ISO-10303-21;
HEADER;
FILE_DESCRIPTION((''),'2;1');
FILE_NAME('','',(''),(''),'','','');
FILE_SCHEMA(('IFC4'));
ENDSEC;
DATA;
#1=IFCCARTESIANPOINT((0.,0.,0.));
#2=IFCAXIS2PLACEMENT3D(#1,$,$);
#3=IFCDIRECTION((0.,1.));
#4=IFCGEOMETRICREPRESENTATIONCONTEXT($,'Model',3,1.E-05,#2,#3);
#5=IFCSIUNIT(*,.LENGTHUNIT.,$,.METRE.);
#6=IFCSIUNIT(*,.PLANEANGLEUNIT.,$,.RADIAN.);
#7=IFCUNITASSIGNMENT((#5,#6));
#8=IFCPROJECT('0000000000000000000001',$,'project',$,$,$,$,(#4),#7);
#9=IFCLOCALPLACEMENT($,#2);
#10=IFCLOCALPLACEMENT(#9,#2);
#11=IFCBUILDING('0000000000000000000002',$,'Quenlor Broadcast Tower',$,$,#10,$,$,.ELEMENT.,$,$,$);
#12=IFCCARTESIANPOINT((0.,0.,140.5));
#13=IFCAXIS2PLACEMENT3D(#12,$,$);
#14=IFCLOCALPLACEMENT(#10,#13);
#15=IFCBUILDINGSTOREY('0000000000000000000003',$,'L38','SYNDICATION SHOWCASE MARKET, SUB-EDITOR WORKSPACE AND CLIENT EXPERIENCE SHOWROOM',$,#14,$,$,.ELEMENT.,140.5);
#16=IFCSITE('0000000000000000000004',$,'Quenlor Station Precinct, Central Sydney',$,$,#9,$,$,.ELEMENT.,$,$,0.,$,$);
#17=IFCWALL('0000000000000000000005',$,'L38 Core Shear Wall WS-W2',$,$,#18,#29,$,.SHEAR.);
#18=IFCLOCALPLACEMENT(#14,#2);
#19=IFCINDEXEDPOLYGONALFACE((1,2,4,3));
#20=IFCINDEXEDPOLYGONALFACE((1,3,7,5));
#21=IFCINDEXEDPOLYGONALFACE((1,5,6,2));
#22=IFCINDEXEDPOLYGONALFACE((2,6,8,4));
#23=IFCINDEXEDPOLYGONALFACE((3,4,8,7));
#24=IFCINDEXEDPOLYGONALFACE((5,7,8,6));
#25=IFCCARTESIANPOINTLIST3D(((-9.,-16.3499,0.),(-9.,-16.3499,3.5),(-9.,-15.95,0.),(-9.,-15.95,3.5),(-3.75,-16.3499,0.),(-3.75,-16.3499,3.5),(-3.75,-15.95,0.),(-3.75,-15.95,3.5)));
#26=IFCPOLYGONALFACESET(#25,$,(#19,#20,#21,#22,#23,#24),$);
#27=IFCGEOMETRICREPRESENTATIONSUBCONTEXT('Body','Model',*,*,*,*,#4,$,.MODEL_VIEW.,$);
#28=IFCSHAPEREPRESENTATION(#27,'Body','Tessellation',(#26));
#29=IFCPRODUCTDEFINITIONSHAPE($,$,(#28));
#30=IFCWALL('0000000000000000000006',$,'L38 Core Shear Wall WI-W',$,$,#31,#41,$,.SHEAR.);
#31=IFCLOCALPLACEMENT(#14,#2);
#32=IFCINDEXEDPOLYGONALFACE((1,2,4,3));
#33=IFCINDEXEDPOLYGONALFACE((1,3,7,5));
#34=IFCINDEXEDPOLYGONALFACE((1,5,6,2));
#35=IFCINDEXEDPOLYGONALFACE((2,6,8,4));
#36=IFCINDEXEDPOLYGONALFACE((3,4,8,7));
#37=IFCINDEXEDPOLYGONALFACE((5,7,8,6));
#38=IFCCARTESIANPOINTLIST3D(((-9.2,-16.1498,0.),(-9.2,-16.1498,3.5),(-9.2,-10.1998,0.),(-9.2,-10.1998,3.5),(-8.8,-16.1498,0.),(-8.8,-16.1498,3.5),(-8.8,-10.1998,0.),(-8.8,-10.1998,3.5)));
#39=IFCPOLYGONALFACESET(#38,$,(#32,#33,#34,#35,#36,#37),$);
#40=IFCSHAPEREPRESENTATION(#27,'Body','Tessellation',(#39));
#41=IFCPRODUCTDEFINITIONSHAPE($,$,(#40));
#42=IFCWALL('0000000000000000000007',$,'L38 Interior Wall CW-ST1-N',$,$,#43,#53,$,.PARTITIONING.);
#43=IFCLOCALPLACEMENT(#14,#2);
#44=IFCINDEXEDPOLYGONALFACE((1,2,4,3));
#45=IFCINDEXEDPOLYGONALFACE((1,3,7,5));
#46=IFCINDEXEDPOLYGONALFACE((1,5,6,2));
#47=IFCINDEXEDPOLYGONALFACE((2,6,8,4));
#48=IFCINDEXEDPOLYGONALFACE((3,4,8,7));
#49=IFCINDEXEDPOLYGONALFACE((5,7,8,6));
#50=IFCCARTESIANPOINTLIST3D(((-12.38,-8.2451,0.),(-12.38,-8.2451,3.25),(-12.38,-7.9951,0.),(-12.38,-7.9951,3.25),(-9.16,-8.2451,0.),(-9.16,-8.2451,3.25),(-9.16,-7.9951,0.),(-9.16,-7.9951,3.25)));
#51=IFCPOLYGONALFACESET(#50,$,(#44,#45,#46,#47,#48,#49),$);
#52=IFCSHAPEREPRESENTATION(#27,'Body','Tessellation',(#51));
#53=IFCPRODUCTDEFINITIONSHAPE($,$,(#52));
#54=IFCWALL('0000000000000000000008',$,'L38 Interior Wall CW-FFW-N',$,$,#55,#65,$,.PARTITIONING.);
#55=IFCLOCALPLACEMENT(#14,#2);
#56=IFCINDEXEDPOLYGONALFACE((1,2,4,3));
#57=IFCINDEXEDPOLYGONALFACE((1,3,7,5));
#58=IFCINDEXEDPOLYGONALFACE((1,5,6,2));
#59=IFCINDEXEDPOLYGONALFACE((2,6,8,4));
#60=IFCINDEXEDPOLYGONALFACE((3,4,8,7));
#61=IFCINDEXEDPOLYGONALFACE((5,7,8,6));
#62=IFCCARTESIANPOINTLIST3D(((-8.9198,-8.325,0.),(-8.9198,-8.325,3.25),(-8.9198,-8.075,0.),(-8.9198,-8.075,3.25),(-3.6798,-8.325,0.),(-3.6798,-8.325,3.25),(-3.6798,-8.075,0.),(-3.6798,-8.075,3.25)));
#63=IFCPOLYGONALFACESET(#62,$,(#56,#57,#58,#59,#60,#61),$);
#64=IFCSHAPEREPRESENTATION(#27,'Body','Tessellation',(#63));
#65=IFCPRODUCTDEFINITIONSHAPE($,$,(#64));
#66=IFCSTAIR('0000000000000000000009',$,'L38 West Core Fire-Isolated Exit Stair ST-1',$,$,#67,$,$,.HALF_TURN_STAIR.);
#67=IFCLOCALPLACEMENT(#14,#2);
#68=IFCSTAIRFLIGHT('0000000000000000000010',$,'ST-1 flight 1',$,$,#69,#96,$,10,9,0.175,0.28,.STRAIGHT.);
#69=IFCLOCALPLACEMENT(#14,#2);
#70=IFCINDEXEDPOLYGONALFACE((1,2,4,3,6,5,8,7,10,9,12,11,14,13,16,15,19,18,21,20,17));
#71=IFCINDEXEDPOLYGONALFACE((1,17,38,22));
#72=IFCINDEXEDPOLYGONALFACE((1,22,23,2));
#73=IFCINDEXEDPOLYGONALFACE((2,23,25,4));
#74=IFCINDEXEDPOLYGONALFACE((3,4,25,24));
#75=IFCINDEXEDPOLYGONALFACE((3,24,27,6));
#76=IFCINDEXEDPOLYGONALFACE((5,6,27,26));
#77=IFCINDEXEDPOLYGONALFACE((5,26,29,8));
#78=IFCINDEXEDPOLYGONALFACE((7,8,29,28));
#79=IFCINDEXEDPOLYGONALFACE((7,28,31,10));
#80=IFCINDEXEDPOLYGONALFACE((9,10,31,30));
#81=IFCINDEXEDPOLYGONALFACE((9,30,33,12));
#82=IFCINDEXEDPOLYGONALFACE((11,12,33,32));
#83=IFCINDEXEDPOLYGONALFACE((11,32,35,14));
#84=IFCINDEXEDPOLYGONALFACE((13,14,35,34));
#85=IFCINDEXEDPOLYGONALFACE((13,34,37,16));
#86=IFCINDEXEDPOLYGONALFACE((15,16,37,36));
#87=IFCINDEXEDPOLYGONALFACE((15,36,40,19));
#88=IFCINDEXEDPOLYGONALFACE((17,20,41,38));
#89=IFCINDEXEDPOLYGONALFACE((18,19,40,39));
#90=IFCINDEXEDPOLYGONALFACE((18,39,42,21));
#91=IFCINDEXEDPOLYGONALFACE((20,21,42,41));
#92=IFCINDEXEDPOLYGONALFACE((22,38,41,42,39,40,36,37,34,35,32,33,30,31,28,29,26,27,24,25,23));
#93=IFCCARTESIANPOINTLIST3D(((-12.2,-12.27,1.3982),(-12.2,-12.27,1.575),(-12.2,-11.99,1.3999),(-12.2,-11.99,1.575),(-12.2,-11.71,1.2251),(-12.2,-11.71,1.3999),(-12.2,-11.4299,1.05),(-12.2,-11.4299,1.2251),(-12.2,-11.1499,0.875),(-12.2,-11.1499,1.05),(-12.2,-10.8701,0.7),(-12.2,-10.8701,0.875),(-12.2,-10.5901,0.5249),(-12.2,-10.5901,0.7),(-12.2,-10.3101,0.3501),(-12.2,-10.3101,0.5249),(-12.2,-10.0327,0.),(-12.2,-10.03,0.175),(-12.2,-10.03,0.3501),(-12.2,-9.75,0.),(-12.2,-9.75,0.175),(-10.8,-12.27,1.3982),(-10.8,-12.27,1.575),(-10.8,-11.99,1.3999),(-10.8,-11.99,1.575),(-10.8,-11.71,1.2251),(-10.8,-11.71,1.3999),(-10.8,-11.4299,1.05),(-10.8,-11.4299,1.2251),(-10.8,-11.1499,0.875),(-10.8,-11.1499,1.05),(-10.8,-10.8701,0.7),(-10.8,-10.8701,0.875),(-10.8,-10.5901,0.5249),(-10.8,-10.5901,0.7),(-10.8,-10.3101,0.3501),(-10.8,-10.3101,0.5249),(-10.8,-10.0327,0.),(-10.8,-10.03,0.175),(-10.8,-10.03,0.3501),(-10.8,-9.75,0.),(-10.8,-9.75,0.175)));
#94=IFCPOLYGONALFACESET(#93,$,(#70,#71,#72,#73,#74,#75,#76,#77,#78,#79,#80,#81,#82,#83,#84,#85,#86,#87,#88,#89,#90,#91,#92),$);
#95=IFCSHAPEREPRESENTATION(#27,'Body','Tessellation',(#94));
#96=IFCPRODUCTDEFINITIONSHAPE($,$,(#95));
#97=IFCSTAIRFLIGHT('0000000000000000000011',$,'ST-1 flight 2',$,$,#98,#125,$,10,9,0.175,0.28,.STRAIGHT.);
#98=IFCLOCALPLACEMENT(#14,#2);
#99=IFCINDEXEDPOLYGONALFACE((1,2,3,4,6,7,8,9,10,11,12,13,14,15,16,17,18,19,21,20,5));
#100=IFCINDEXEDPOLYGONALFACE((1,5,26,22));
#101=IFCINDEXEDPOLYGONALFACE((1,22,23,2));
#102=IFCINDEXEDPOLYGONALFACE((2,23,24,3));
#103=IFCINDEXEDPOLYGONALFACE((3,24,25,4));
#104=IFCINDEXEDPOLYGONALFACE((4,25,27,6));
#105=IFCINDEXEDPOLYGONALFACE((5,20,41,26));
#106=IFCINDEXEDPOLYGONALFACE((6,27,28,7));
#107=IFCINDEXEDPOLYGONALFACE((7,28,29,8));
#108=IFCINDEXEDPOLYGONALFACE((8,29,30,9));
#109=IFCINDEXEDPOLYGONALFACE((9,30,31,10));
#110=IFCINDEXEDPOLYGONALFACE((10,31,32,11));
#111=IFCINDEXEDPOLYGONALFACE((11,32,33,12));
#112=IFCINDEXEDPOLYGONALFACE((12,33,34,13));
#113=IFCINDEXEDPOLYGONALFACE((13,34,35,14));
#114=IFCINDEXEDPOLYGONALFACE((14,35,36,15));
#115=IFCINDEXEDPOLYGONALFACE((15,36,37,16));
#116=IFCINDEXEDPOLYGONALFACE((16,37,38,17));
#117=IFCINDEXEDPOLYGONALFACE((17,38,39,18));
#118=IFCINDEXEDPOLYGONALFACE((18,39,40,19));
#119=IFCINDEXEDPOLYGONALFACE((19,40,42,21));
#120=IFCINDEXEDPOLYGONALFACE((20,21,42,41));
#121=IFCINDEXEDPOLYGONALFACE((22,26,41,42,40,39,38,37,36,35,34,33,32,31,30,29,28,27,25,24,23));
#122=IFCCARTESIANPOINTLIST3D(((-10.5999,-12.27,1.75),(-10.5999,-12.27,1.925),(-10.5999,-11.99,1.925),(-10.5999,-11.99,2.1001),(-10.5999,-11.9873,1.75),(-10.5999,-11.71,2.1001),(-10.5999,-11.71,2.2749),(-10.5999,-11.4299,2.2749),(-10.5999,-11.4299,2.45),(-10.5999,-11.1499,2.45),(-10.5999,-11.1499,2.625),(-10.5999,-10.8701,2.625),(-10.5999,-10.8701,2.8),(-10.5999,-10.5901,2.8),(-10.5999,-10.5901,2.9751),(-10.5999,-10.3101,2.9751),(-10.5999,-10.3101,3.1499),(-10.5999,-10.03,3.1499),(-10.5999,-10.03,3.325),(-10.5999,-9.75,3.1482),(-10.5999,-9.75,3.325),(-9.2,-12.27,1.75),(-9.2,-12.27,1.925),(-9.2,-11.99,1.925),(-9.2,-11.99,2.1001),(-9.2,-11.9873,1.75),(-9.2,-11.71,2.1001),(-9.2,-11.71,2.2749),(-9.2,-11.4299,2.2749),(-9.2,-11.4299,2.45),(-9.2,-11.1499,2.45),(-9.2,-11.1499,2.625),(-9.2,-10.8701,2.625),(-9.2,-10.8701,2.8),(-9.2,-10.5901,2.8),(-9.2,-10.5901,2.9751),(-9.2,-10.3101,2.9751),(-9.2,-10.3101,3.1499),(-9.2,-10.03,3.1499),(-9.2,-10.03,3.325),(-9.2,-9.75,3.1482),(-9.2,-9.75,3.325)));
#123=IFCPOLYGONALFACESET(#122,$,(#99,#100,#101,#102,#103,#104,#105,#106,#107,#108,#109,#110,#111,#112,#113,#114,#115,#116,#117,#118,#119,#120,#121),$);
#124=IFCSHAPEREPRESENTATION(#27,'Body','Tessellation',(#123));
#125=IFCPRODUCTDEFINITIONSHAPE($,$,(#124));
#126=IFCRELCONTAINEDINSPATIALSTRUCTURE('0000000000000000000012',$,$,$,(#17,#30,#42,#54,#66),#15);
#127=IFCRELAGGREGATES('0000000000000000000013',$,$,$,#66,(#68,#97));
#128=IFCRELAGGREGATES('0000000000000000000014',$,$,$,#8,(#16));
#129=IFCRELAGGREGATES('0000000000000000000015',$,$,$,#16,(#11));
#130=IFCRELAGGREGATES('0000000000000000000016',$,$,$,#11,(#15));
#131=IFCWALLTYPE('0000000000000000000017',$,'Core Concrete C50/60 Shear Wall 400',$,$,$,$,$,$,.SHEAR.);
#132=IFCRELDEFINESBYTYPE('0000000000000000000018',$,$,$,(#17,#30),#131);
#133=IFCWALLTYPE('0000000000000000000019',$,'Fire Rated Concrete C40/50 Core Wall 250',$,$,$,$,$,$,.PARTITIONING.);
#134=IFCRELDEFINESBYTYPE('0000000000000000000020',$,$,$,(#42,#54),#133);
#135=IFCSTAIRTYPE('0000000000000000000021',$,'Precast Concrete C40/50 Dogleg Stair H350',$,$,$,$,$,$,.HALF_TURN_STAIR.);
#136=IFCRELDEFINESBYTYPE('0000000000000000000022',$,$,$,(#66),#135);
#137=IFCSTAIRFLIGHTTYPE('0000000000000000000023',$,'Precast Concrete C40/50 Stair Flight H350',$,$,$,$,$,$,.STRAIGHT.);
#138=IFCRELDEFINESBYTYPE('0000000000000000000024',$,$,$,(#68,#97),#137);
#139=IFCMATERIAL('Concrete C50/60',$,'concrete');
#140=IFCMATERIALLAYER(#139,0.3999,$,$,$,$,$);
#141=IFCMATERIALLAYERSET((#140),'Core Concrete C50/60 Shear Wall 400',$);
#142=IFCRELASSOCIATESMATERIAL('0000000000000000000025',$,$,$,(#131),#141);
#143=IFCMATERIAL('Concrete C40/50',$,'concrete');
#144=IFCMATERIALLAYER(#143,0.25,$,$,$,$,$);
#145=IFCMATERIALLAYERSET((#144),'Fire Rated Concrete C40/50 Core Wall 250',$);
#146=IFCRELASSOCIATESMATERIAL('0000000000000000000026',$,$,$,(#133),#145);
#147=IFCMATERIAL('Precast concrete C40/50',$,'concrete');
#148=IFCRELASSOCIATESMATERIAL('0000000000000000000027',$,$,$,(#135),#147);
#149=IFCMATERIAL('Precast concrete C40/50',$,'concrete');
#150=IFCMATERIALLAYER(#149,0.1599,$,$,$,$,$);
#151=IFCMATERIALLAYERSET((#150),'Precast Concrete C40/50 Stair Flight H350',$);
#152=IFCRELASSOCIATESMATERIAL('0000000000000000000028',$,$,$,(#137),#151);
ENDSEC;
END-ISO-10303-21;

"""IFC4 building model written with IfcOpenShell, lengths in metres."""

from ifc_helpers import new_model, si_unit, direction, frame, frame_2d, origin, place, context, subcontext, project, spatial, polyline, rectangle, outline, extrude, material, layer, layer_set, type_object, element, aggregate, save


model = new_model("IFC4")

# Units and contexts
model_context = context("Model", 3, precision=1e-05, world=origin(), true_north=direction((0.0, 1.0)))
body_context = subcontext(model_context, "Body", "Model", "MODEL_VIEW")
ifc_project = project(units=[si_unit("LENGTHUNIT", "METRE"), si_unit("PLANEANGLEUNIT", "RADIAN")], contexts=[model_context])

# Site, building, storey
site_placement = place(None, origin())
site = spatial("IfcSite", under=ifc_project, at=site_placement, Name="Quenlor Station Precinct, Central Sydney", CompositionType="ELEMENT", RefElevation=0.0)
building_placement = place(site_placement, origin())
building = spatial("IfcBuilding", under=site, at=building_placement, Name="Quenlor Broadcast Tower", CompositionType="ELEMENT")
storey_placement = place(building_placement, frame((0.0, 0.0, 140.5)))
storey = spatial("IfcBuildingStorey", under=building, at=storey_placement, Name="L38", Description="SYNDICATION SHOWCASE MARKET, SUB-EDITOR WORKSPACE AND CLIENT EXPERIENCE SHOWROOM", CompositionType="ELEMENT", Elevation=140.5)

# Walls
ifc_material_1 = material(Name="Concrete C50/60", Category="concrete")
ifc_layer_1 = layer(ifc_material_1, 0.3999)
ifc_layer_set_1 = layer_set([ifc_layer_1], Name="Core Concrete C50/60 Shear Wall 400")
wall_type_1 = type_object("IfcWallType", Name="Core Concrete C50/60 Shear Wall 400", PredefinedType="SHEAR", material=ifc_layer_set_1)
wall_1_placement = place(storey_placement, frame((-9.0, -16.1499, 0.0), z_axis=(0.0, 0.0, 1.0), x_axis=(1.0, 0.0, 0.0)))
element("IfcWall", 1, at=wall_1_placement, inside=storey, type_object=wall_type_1, Name="L38 Core Shear Wall WS-W2", PredefinedType="SHEAR", context=body_context, shape_type="SweptSolid", body=[
    extrude(rectangle(XDim=5.25, YDim=0.3999, at=frame_2d((2.625, 0.0))), origin(), (0.0, 0.0, 1.0), 3.5),
])
wall_2_placement = place(storey_placement, frame((-9.0, -16.1499, 0.0), z_axis=(0.0, 0.0, 1.0), x_axis=(0.0, 1.0, 0.0)))
element("IfcWall", 2, at=wall_2_placement, inside=storey, type_object=wall_type_1, Name="L38 Core Shear Wall WI-W", PredefinedType="SHEAR", context=body_context, shape_type="SweptSolid", body=[
    extrude(rectangle(XDim=5.95, YDim=0.3999, at=frame_2d((2.9751, 0.0))), origin(), (0.0, 0.0, 1.0), 3.5),
])

# Shared definitions
ifc_material_2 = material(Name="Concrete C40/50", Category="concrete")
ifc_layer_2 = layer(ifc_material_2, 0.25)
ifc_layer_set_2 = layer_set([ifc_layer_2], Name="Fire Rated Concrete C40/50 Core Wall 250")
wall_type_2 = type_object("IfcWallType", Name="Fire Rated Concrete C40/50 Core Wall 250", PredefinedType="PARTITIONING", material=ifc_layer_set_2)

# Walls
wall_3_placement = place(storey_placement, frame((-12.3799, -8.1201, 0.0), z_axis=(0.0, 0.0, 1.0), x_axis=(1.0, 0.0, 0.0)))
element("IfcWall", 3, at=wall_3_placement, inside=storey, type_object=wall_type_2, Name="L38 Interior Wall CW-ST1-N", PredefinedType="PARTITIONING", context=body_context, shape_type="SweptSolid", body=[
    extrude(rectangle(XDim=3.22, YDim=0.25, at=frame_2d((1.6099, 0.0))), origin(), (0.0, 0.0, 1.0), 3.25),
])
wall_4_placement = place(storey_placement, frame((-8.9199, -8.2, 0.0), z_axis=(0.0, 0.0, 1.0), x_axis=(1.0, 0.0, 0.0)))
element("IfcWall", 4, at=wall_4_placement, inside=storey, type_object=wall_type_2, Name="L38 Interior Wall CW-FFW-N", PredefinedType="PARTITIONING", context=body_context, shape_type="SweptSolid", body=[
    extrude(rectangle(XDim=5.24, YDim=0.25, at=frame_2d((2.6201, 0.0))), origin(), (0.0, 0.0, 1.0), 3.25),
])

# Stair, stair flights
ifc_material_3 = material(Name="Precast concrete C40/50", Category="concrete")
stair_type = type_object("IfcStairType", Name="Precast Concrete C40/50 Dogleg Stair H350", PredefinedType="HALF_TURN_STAIR", material=ifc_material_3)
stair_placement = place(storey_placement, origin())
stair = element("IfcStair", 5, at=stair_placement, inside=storey, type_object=stair_type, Name="L38 West Core Fire-Isolated Exit Stair ST-1", PredefinedType="HALF_TURN_STAIR")
ifc_material_4 = material(Name="Precast concrete C40/50", Category="concrete")
ifc_layer_3 = layer(ifc_material_4, 0.1599)
ifc_layer_set_3 = layer_set([ifc_layer_3], Name="Precast Concrete C40/50 Stair Flight H350")
stair_flight_type = type_object("IfcStairFlightType", Name="Precast Concrete C40/50 Stair Flight H350", PredefinedType="STRAIGHT", material=ifc_layer_set_3)
stair_flight_1_placement = place(storey_placement, frame((-11.5, -9.75, 0.0), z_axis=(0.0, 0.0, 1.0), x_axis=(0.0, -1.0, 0.0)))
stair_flight_1 = element("IfcStairFlight", 6, at=stair_flight_1_placement, type_object=stair_flight_type, Name="ST-1 flight 1", NumberOfRisers=10, NumberOfTreads=9, PredefinedType="STRAIGHT", RiserHeight=0.175, TreadLength=0.28, context=body_context, shape_type="SweptSolid", body=[
    extrude(outline(polyline([(0.0, 0.0), (0.0, 0.175), (0.28, 0.175), (0.28, 0.3501), (0.5601, 0.3501), (0.5601, 0.5249), (0.8401, 0.5249), (0.8401, 0.7), (1.1201, 0.7), (1.1201, 0.875), (1.3999, 0.875), (1.3999, 1.05), (1.6799, 1.05), (1.6799, 1.2251), (1.96, 1.2251), (1.96, 1.3999), (2.24, 1.3999), (2.24, 1.575), (2.52, 1.575), (2.52, 1.75), (2.52, 1.3982), (0.2827, 0.0), (0.0, 0.0)])), frame((0.0, 0.7, 0.0), z_axis=(0.0, -1.0, 0.0), x_axis=(1.0, 0.0, 0.0)), (0.0, 0.0, 1.0), 1.3999),
])
stair_flight_2_placement = place(storey_placement, frame((-9.8999, -12.27, 1.75), z_axis=(0.0, 0.0, 1.0), x_axis=(0.0, 1.0, 0.0)))
stair_flight_2 = element("IfcStairFlight", 7, at=stair_flight_2_placement, type_object=stair_flight_type, Name="ST-1 flight 2", NumberOfRisers=10, NumberOfTreads=9, PredefinedType="STRAIGHT", RiserHeight=0.175, TreadLength=0.28, context=body_context, shape_type="SweptSolid", body=[
    extrude(outline(polyline([(0.0, 0.0), (0.0, 0.175), (0.28, 0.175), (0.28, 0.3501), (0.5601, 0.3501), (0.5601, 0.5249), (0.8401, 0.5249), (0.8401, 0.7), (1.1201, 0.7), (1.1201, 0.875), (1.3999, 0.875), (1.3999, 1.05), (1.6799, 1.05), (1.6799, 1.2251), (1.96, 1.2251), (1.96, 1.3999), (2.24, 1.3999), (2.24, 1.575), (2.52, 1.575), (2.52, 1.75), (2.52, 1.3982), (0.2827, 0.0), (0.0, 0.0)])), frame((0.0, 0.7, 0.0), z_axis=(0.0, -1.0, 0.0), x_axis=(1.0, 0.0, 0.0)), (0.0, 0.0, 1.0), 1.3999),
])
aggregate(stair, [stair_flight_1, stair_flight_2])

save(model, "model.ifc")
